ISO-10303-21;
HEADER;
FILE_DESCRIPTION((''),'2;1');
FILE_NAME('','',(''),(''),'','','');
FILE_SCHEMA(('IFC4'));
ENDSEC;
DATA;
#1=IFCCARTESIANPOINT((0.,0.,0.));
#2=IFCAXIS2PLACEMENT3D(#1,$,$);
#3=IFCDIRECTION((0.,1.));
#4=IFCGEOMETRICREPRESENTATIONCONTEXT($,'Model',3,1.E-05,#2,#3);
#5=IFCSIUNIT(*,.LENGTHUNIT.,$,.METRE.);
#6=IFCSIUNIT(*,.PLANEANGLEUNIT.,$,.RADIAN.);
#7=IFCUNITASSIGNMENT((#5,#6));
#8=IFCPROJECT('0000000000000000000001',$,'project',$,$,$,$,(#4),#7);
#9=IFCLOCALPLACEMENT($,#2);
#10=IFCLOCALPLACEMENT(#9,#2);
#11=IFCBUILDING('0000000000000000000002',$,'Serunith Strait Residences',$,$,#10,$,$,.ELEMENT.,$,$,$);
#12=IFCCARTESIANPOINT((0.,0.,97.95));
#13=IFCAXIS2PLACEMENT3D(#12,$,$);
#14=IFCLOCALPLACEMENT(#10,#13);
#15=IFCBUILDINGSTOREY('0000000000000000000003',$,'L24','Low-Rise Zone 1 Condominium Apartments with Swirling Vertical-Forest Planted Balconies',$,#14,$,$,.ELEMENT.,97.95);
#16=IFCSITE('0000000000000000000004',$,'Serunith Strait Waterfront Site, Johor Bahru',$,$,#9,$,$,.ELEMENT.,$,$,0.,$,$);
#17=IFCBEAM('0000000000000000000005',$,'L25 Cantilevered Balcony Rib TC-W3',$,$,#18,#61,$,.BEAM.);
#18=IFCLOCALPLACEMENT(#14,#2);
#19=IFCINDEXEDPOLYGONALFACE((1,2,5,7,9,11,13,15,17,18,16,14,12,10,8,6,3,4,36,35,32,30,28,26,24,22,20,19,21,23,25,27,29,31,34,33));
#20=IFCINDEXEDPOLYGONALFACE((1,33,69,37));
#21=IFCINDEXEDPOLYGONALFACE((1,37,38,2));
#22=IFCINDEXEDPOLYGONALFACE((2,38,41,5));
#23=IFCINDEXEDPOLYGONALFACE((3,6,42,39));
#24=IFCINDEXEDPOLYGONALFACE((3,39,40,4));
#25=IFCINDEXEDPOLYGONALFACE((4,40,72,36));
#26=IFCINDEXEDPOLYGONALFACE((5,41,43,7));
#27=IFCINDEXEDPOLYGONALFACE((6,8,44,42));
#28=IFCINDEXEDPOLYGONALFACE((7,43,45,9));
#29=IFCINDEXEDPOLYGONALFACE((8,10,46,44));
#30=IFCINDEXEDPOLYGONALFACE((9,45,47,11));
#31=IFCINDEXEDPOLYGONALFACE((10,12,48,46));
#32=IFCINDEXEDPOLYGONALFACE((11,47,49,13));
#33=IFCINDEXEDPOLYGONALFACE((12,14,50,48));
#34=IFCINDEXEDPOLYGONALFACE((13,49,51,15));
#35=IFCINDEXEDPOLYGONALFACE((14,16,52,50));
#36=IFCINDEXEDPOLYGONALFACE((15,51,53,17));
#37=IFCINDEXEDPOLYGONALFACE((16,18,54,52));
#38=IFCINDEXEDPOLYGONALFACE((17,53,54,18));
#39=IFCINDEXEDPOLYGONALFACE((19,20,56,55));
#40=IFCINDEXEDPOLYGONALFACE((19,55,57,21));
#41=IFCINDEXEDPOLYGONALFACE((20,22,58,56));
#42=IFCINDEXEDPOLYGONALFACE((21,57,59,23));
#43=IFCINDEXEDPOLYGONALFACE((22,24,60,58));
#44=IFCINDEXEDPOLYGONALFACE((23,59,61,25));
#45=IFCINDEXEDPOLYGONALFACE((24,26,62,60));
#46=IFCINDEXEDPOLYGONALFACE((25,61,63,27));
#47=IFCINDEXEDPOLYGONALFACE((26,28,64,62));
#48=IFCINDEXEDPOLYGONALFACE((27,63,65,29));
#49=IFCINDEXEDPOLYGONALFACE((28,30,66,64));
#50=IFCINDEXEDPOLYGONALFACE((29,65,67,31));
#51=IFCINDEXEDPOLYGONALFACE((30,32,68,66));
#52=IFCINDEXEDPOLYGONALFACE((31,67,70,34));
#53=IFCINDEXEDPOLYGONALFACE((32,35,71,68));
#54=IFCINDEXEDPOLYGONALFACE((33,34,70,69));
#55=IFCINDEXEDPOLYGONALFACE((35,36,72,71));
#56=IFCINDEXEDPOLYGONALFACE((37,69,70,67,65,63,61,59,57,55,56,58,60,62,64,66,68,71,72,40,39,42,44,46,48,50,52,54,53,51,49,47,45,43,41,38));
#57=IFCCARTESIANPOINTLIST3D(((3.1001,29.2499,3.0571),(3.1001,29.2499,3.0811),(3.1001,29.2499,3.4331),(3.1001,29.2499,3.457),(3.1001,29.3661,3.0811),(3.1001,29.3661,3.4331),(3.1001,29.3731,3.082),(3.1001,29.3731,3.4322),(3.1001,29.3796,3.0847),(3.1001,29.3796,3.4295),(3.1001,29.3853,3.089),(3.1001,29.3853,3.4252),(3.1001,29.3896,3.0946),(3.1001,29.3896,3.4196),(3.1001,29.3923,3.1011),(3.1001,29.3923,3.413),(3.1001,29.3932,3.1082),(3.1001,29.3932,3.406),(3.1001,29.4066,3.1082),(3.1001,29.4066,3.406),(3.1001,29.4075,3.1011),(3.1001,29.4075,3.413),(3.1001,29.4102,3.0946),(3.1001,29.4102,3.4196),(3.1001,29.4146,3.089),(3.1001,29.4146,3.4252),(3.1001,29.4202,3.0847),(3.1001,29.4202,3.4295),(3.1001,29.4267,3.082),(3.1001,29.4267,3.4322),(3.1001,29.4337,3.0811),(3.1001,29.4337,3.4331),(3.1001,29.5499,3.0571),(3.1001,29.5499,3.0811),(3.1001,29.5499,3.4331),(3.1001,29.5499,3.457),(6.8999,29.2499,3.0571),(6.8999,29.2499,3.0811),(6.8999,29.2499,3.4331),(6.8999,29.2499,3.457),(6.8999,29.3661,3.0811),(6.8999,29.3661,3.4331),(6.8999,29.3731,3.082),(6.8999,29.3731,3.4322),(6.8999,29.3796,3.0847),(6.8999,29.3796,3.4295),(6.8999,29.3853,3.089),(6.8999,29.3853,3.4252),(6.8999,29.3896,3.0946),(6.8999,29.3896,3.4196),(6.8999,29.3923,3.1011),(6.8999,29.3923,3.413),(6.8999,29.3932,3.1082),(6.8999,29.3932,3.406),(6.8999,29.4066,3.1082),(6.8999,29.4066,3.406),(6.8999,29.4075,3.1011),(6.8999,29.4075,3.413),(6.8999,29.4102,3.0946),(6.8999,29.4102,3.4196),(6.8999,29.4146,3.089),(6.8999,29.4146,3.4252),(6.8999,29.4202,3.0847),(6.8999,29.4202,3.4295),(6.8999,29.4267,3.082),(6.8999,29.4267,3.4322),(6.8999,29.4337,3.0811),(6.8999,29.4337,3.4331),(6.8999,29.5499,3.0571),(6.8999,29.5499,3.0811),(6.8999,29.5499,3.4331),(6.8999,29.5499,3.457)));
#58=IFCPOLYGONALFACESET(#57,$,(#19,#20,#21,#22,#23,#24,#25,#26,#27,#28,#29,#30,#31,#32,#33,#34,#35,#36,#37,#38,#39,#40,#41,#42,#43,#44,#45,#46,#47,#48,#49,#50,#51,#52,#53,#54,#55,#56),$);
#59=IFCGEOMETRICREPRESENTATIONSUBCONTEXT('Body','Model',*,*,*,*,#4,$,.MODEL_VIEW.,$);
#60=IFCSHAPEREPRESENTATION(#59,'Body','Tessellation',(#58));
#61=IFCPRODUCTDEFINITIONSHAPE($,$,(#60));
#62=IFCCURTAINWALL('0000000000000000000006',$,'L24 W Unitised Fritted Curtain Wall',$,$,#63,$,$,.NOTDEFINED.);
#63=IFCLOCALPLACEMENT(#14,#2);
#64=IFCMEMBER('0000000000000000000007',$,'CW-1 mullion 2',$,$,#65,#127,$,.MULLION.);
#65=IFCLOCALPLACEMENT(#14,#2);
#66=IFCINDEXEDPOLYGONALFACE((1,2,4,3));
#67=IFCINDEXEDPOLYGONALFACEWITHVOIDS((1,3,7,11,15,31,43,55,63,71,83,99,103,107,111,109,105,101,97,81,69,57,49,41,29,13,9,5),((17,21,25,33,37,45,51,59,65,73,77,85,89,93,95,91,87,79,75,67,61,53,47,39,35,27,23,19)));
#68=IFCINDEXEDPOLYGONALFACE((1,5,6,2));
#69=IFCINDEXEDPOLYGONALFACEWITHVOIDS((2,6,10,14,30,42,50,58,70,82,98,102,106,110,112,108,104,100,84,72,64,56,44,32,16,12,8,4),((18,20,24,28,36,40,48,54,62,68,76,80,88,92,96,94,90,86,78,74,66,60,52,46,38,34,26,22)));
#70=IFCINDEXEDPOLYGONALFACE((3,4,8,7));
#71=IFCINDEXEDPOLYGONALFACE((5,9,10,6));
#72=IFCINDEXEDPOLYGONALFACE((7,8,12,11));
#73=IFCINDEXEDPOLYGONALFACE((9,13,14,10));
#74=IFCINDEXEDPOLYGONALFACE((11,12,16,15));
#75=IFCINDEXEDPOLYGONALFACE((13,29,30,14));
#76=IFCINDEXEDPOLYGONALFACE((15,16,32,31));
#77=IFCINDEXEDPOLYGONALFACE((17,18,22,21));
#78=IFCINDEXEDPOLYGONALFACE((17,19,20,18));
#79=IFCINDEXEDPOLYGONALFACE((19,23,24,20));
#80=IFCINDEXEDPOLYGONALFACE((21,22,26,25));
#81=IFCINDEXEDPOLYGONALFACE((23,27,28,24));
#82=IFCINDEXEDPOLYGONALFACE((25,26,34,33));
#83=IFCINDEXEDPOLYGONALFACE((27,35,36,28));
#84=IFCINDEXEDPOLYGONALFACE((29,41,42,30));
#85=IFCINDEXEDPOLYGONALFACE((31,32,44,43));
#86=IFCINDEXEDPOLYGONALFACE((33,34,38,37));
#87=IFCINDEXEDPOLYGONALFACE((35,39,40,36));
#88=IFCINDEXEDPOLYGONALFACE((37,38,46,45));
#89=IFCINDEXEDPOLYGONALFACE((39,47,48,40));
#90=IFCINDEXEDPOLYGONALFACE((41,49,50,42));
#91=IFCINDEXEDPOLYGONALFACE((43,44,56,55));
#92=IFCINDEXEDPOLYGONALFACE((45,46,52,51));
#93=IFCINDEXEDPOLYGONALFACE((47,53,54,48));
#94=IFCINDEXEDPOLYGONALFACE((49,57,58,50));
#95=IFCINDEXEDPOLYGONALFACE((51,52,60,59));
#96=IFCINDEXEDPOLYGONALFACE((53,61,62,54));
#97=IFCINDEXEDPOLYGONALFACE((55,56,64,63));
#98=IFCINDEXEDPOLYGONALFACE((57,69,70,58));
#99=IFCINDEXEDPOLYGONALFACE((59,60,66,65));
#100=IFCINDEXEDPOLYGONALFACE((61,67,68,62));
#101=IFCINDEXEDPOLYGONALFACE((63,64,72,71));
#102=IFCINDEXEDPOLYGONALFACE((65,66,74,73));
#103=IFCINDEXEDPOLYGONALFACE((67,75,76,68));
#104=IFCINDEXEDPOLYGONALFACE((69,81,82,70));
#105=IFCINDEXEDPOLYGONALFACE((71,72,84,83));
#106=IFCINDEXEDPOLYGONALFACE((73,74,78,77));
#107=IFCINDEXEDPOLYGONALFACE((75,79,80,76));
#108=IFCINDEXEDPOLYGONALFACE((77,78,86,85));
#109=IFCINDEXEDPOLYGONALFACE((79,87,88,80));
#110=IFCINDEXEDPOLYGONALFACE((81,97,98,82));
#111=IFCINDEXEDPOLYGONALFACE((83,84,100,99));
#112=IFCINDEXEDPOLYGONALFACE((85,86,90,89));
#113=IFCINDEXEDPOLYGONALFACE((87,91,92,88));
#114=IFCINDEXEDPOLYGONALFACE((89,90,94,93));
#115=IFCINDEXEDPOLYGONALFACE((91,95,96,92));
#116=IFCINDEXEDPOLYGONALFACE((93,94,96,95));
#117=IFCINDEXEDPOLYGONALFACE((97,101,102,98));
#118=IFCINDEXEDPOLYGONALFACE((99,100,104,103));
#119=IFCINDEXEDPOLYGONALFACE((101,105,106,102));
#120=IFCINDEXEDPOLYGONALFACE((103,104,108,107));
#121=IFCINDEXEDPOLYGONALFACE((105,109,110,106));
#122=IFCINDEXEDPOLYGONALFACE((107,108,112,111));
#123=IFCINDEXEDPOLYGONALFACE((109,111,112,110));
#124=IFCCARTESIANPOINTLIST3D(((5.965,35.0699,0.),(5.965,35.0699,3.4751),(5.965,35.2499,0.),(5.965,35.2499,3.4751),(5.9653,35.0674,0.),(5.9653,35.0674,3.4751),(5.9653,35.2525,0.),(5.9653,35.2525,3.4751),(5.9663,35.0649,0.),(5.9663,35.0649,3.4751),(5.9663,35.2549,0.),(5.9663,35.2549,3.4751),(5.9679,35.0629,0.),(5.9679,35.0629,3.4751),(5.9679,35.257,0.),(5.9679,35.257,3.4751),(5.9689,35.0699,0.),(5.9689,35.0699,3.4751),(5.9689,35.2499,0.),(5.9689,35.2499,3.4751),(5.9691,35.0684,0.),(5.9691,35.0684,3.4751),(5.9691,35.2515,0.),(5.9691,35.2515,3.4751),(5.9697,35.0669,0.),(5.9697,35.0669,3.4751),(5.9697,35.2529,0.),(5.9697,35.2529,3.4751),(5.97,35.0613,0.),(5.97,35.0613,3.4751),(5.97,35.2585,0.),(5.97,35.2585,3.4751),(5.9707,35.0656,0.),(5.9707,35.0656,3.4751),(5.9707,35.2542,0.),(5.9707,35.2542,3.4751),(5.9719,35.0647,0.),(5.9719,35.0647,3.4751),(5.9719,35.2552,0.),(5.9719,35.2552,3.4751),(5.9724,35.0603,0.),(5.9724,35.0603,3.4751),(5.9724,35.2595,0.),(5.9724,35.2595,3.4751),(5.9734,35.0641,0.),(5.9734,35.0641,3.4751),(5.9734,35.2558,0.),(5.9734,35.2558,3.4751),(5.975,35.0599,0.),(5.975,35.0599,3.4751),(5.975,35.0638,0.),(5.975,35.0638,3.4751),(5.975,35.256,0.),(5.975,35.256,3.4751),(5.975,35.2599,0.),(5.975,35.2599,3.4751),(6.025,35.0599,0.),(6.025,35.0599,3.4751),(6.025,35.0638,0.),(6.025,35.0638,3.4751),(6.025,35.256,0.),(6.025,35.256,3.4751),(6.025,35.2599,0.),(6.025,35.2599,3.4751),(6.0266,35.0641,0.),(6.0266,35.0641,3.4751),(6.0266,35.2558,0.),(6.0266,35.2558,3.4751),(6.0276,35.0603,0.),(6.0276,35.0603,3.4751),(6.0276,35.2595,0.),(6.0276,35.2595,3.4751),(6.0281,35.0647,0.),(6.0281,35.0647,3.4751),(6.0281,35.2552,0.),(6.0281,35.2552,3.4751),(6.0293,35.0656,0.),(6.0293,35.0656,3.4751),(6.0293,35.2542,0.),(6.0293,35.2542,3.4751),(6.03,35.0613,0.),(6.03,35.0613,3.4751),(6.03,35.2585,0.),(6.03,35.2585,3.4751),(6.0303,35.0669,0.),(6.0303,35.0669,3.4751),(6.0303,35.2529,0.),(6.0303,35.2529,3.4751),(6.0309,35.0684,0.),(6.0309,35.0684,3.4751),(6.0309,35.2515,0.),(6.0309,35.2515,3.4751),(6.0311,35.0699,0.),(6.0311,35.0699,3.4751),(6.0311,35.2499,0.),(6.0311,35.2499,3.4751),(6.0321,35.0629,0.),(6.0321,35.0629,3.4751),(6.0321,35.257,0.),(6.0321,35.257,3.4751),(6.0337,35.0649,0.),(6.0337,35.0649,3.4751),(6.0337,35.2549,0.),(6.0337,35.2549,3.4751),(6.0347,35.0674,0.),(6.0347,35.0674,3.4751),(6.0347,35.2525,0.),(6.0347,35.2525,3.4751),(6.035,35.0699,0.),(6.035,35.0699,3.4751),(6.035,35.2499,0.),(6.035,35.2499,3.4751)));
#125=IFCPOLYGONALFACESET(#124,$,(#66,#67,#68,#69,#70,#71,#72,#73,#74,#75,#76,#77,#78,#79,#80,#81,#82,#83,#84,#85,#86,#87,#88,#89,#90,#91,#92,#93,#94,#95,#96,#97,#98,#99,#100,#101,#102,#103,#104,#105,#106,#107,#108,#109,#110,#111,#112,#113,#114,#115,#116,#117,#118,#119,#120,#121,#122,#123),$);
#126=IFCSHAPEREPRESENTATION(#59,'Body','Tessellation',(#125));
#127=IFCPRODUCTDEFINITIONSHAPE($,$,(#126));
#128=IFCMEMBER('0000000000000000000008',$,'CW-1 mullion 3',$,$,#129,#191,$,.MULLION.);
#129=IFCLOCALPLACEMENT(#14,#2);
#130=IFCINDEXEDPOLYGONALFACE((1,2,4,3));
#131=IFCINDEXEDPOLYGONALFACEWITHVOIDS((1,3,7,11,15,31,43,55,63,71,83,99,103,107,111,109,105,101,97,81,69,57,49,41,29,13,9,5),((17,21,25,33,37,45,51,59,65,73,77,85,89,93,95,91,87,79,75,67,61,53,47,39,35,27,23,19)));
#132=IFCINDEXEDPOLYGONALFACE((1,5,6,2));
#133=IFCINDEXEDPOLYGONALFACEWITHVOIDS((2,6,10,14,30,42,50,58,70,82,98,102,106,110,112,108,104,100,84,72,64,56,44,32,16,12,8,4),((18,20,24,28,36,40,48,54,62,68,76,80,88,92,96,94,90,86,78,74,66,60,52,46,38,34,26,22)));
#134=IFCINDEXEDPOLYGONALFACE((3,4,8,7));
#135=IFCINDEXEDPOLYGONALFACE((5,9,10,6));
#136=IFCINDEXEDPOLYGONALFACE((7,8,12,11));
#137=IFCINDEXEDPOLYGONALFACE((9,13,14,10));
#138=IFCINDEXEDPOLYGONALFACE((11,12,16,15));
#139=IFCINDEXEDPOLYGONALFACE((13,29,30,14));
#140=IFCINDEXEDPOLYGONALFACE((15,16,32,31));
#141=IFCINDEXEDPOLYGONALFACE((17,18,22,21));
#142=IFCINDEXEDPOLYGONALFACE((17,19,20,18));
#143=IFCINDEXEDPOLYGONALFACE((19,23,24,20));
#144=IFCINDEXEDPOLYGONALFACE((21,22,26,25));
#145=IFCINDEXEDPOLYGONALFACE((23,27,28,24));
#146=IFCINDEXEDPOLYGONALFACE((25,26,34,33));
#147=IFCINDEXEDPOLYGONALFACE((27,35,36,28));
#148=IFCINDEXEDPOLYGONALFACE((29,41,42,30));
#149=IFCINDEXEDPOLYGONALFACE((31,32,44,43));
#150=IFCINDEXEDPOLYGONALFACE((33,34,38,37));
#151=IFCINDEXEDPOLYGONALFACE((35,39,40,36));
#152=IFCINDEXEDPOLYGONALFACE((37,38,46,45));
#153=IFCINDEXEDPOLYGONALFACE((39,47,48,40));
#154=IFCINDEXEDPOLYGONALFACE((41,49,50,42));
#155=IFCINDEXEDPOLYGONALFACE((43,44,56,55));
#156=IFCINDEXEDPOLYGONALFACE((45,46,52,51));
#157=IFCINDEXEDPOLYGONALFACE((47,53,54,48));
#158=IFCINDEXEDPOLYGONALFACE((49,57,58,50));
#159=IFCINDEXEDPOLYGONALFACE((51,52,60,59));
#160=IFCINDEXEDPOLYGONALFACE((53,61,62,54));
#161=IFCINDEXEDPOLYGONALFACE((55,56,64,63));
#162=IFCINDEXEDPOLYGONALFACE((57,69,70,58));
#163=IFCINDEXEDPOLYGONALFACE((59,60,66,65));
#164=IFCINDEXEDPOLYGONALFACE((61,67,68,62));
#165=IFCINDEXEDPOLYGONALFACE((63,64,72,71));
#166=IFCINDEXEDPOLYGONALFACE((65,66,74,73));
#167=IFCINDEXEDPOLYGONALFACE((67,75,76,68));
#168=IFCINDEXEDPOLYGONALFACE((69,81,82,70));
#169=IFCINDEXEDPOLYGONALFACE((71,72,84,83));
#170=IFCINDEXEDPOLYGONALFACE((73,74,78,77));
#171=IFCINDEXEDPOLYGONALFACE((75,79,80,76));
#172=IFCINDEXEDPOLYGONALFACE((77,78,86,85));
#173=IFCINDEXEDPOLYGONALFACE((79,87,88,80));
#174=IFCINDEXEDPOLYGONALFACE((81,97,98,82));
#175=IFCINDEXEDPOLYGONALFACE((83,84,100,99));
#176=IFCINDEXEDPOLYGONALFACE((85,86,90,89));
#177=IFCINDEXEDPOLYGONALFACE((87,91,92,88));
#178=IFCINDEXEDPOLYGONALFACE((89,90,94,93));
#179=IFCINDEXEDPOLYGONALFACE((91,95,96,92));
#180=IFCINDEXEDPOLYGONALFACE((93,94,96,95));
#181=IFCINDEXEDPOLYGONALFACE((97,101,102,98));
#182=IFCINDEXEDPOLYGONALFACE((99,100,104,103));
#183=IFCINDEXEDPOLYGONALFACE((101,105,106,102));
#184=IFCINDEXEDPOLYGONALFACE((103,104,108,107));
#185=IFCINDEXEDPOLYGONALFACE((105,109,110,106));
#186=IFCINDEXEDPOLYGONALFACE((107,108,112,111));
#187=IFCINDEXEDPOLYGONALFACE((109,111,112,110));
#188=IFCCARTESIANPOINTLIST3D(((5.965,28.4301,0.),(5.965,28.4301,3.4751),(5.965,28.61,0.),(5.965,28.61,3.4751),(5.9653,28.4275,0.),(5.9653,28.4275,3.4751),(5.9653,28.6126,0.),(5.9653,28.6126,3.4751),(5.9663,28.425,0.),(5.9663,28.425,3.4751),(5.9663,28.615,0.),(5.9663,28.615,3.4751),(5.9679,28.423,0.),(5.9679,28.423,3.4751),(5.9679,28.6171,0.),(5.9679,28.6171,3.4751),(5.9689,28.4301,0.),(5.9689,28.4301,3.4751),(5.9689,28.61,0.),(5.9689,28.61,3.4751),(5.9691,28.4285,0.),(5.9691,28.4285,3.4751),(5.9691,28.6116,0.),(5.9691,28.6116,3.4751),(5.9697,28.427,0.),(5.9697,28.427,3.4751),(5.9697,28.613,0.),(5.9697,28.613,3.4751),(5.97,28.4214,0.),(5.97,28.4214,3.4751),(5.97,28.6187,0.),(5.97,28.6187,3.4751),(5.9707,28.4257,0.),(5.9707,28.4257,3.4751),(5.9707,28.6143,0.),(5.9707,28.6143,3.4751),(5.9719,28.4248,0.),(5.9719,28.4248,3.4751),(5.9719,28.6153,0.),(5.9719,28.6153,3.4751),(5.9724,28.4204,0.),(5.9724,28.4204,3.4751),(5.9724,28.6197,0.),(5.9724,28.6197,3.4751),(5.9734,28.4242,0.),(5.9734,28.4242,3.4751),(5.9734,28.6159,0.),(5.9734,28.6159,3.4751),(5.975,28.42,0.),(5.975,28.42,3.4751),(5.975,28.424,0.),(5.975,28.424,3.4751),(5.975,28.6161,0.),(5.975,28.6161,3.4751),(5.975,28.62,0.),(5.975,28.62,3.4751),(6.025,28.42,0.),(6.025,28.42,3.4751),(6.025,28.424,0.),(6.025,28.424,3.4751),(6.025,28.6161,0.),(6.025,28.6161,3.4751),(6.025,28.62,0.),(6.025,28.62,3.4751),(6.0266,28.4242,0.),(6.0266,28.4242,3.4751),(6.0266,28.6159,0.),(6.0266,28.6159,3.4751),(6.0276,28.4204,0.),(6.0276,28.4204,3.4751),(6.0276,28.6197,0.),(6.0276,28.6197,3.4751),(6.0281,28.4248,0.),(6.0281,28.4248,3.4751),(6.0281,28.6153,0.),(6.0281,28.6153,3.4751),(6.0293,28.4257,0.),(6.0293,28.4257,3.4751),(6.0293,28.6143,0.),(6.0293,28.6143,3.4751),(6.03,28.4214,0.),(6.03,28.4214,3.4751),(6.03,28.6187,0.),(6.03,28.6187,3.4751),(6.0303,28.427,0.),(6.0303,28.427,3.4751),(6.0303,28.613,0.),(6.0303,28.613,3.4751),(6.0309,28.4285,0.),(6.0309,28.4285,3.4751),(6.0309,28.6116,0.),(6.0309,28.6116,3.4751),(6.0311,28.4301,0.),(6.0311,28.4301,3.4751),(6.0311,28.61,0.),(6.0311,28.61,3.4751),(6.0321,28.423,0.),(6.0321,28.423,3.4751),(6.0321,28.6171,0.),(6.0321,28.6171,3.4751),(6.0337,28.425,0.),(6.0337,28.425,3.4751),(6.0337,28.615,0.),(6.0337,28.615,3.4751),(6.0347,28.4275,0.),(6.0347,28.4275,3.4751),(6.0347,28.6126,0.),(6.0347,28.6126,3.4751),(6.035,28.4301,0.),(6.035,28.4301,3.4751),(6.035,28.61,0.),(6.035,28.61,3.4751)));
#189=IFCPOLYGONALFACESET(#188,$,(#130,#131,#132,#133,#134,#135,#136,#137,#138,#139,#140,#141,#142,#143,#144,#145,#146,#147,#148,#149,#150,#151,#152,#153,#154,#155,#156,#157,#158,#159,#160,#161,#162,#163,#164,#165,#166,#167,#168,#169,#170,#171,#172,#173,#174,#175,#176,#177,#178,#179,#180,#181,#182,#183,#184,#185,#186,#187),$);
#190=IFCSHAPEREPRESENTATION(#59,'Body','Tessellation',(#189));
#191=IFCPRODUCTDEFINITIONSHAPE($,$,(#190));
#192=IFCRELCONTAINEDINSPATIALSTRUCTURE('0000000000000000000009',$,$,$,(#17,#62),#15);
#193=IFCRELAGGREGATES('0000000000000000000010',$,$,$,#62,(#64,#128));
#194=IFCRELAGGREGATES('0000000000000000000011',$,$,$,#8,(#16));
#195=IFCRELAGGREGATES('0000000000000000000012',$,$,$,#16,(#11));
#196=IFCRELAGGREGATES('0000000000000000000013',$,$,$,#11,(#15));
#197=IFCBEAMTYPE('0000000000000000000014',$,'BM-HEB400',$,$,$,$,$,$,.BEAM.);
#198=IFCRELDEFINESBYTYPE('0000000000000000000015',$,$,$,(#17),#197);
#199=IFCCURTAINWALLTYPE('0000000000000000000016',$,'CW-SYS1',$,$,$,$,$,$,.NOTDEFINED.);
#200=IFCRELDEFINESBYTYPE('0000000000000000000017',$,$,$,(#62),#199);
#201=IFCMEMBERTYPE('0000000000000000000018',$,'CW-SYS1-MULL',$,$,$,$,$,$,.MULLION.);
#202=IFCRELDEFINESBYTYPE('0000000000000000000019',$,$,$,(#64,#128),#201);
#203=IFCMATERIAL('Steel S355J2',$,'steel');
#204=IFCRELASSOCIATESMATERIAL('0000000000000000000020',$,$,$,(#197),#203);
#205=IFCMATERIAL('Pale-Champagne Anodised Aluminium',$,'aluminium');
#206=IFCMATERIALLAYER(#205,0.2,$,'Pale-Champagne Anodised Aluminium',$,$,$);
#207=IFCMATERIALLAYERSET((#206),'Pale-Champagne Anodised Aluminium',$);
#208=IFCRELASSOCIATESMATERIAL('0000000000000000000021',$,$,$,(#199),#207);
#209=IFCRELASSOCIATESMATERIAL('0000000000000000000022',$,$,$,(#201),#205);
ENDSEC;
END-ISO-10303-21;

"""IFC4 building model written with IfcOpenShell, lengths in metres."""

from ifc_helpers import new_model, si_unit, direction, frame, origin, origin_2d, place, context, subcontext, project, spatial, hollow_rectangle, i_section, extrude, source, transform, mapped, material, layer, layer_set, material_profile, profile_set, type_object, element, aggregate, save


model = new_model("IFC4")

# Units and contexts
model_context = context("Model", 3, precision=1e-05, world=origin(), true_north=direction((0.0, 1.0)))
body_context = subcontext(model_context, "Body", "Model", "MODEL_VIEW")
ifc_project = project(units=[si_unit("LENGTHUNIT", "METRE"), si_unit("PLANEANGLEUNIT", "RADIAN")], contexts=[model_context])

# Site, building, storey
site_placement = place(None, origin())
site = spatial("IfcSite", under=ifc_project, at=site_placement, Name="Serunith Strait Waterfront Site, Johor Bahru", CompositionType="ELEMENT", RefElevation=0.0)
building_placement = place(site_placement, origin())
building = spatial("IfcBuilding", under=site, at=building_placement, Name="Serunith Strait Residences", CompositionType="ELEMENT")
storey_placement = place(building_placement, frame((0.0, 0.0, 97.95)))
storey = spatial("IfcBuildingStorey", under=building, at=storey_placement, Name="L24", Description="Low-Rise Zone 1 Condominium Apartments with Swirling Vertical-Forest Planted Balconies", CompositionType="ELEMENT", Elevation=97.95)

# Beam
ifc_material_1 = material(Name="Steel S355J2", Category="steel")
ifc_material_profile_1 = material_profile(ifc_material_1, i_section(OverallWidth=0.3, OverallDepth=0.3999, WebThickness=0.0134, FlangeThickness=0.0239, FilletRadius=0.0271, at=origin_2d()), Name="HEB 400")
ifc_profile_set_1 = profile_set([ifc_material_profile_1], Name="Steel S355J2")
beam_type_1 = type_object("IfcBeamType", Name="BM-HEB400", PredefinedType="BEAM", material=ifc_profile_set_1)
shared_shape_1 = source(origin(), body_context, "Body", "SweptSolid", [
    extrude(i_section(OverallWidth=0.3, OverallDepth=0.3999, WebThickness=0.0134, FlangeThickness=0.0239, FilletRadius=0.0271, at=origin_2d()), origin(), (0.0, 0.0, 1.0), 3.7998),
])
beam_1_placement = place(storey_placement, frame((6.8999, 29.3999, 3.2571), z_axis=(-1.0, 0.0, 0.0), x_axis=(0.0, -1.0, 0.0)))
element("IfcBeam", 1, at=beam_1_placement, inside=storey, type_object=beam_type_1, Name="L25 Cantilevered Balcony Rib TC-W3", PredefinedType="BEAM", context=body_context, shape_type="MappedRepresentation", body=[
    mapped(shared_shape_1, transform((0.0, 0.0, 0.0), scale=1.0)),
])

# Curtain wall, members
ifc_material_2 = material(Name="Pale-Champagne Anodised Aluminium", Category="aluminium")
ifc_layer_1 = layer(ifc_material_2, 0.2, Name="Pale-Champagne Anodised Aluminium")
ifc_layer_set_1 = layer_set([ifc_layer_1], Name="Pale-Champagne Anodised Aluminium")
curtain_wall_type = type_object("IfcCurtainWallType", Name="CW-SYS1", PredefinedType="NOTDEFINED", material=ifc_layer_set_1)
curtain_wall_placement = place(storey_placement, origin())
curtain_wall = element("IfcCurtainWall", 2, at=curtain_wall_placement, inside=storey, type_object=curtain_wall_type, Name="L24 W Unitised Fritted Curtain Wall", PredefinedType="NOTDEFINED")
ifc_material_profile_2 = material_profile(ifc_material_2, hollow_rectangle(XDim=0.0701, YDim=0.2, WallThickness=0.0039, InnerFilletRadius=0.0061, OuterFilletRadius=0.01, at=origin_2d()), Name="ALU 200x70x4")
ifc_profile_set_2 = profile_set([ifc_material_profile_2], Name="Pale-Champagne Anodised Aluminium")
member_type_1 = type_object("IfcMemberType", Name="CW-SYS1-MULL", PredefinedType="MULLION", material=ifc_profile_set_2)
shared_shape_2 = source(origin(), body_context, "Body", "SweptSolid", [
    extrude(hollow_rectangle(XDim=0.0701, YDim=0.2, WallThickness=0.0039, InnerFilletRadius=0.0061, OuterFilletRadius=0.01, at=origin_2d()), origin(), (0.0, 0.0, 1.0), 3.4751),
])
member_1_placement = place(storey_placement, frame((6.0, 35.1599, 0.0), z_axis=(0.0, 0.0, 1.0), x_axis=(1.0, 0.0, 0.0)))
member_1 = element("IfcMember", 3, at=member_1_placement, type_object=member_type_1, Name="CW-1 mullion 2", PredefinedType="MULLION", context=body_context, shape_type="MappedRepresentation", body=[
    mapped(shared_shape_2, transform((0.0, 0.0, 0.0), scale=1.0)),
])
member_2_placement = place(storey_placement, frame((6.0, 28.52, 0.0), z_axis=(0.0, 0.0, 1.0), x_axis=(1.0, 0.0, 0.0)))
member_2 = element("IfcMember", 4, at=member_2_placement, type_object=member_type_1, Name="CW-1 mullion 3", PredefinedType="MULLION", context=body_context, shape_type="MappedRepresentation", body=[
    mapped(shared_shape_2, transform((0.0, 0.0, 0.0), scale=1.0)),
])
aggregate(curtain_wall, [member_1, member_2])

save(model, "model.ifc")
